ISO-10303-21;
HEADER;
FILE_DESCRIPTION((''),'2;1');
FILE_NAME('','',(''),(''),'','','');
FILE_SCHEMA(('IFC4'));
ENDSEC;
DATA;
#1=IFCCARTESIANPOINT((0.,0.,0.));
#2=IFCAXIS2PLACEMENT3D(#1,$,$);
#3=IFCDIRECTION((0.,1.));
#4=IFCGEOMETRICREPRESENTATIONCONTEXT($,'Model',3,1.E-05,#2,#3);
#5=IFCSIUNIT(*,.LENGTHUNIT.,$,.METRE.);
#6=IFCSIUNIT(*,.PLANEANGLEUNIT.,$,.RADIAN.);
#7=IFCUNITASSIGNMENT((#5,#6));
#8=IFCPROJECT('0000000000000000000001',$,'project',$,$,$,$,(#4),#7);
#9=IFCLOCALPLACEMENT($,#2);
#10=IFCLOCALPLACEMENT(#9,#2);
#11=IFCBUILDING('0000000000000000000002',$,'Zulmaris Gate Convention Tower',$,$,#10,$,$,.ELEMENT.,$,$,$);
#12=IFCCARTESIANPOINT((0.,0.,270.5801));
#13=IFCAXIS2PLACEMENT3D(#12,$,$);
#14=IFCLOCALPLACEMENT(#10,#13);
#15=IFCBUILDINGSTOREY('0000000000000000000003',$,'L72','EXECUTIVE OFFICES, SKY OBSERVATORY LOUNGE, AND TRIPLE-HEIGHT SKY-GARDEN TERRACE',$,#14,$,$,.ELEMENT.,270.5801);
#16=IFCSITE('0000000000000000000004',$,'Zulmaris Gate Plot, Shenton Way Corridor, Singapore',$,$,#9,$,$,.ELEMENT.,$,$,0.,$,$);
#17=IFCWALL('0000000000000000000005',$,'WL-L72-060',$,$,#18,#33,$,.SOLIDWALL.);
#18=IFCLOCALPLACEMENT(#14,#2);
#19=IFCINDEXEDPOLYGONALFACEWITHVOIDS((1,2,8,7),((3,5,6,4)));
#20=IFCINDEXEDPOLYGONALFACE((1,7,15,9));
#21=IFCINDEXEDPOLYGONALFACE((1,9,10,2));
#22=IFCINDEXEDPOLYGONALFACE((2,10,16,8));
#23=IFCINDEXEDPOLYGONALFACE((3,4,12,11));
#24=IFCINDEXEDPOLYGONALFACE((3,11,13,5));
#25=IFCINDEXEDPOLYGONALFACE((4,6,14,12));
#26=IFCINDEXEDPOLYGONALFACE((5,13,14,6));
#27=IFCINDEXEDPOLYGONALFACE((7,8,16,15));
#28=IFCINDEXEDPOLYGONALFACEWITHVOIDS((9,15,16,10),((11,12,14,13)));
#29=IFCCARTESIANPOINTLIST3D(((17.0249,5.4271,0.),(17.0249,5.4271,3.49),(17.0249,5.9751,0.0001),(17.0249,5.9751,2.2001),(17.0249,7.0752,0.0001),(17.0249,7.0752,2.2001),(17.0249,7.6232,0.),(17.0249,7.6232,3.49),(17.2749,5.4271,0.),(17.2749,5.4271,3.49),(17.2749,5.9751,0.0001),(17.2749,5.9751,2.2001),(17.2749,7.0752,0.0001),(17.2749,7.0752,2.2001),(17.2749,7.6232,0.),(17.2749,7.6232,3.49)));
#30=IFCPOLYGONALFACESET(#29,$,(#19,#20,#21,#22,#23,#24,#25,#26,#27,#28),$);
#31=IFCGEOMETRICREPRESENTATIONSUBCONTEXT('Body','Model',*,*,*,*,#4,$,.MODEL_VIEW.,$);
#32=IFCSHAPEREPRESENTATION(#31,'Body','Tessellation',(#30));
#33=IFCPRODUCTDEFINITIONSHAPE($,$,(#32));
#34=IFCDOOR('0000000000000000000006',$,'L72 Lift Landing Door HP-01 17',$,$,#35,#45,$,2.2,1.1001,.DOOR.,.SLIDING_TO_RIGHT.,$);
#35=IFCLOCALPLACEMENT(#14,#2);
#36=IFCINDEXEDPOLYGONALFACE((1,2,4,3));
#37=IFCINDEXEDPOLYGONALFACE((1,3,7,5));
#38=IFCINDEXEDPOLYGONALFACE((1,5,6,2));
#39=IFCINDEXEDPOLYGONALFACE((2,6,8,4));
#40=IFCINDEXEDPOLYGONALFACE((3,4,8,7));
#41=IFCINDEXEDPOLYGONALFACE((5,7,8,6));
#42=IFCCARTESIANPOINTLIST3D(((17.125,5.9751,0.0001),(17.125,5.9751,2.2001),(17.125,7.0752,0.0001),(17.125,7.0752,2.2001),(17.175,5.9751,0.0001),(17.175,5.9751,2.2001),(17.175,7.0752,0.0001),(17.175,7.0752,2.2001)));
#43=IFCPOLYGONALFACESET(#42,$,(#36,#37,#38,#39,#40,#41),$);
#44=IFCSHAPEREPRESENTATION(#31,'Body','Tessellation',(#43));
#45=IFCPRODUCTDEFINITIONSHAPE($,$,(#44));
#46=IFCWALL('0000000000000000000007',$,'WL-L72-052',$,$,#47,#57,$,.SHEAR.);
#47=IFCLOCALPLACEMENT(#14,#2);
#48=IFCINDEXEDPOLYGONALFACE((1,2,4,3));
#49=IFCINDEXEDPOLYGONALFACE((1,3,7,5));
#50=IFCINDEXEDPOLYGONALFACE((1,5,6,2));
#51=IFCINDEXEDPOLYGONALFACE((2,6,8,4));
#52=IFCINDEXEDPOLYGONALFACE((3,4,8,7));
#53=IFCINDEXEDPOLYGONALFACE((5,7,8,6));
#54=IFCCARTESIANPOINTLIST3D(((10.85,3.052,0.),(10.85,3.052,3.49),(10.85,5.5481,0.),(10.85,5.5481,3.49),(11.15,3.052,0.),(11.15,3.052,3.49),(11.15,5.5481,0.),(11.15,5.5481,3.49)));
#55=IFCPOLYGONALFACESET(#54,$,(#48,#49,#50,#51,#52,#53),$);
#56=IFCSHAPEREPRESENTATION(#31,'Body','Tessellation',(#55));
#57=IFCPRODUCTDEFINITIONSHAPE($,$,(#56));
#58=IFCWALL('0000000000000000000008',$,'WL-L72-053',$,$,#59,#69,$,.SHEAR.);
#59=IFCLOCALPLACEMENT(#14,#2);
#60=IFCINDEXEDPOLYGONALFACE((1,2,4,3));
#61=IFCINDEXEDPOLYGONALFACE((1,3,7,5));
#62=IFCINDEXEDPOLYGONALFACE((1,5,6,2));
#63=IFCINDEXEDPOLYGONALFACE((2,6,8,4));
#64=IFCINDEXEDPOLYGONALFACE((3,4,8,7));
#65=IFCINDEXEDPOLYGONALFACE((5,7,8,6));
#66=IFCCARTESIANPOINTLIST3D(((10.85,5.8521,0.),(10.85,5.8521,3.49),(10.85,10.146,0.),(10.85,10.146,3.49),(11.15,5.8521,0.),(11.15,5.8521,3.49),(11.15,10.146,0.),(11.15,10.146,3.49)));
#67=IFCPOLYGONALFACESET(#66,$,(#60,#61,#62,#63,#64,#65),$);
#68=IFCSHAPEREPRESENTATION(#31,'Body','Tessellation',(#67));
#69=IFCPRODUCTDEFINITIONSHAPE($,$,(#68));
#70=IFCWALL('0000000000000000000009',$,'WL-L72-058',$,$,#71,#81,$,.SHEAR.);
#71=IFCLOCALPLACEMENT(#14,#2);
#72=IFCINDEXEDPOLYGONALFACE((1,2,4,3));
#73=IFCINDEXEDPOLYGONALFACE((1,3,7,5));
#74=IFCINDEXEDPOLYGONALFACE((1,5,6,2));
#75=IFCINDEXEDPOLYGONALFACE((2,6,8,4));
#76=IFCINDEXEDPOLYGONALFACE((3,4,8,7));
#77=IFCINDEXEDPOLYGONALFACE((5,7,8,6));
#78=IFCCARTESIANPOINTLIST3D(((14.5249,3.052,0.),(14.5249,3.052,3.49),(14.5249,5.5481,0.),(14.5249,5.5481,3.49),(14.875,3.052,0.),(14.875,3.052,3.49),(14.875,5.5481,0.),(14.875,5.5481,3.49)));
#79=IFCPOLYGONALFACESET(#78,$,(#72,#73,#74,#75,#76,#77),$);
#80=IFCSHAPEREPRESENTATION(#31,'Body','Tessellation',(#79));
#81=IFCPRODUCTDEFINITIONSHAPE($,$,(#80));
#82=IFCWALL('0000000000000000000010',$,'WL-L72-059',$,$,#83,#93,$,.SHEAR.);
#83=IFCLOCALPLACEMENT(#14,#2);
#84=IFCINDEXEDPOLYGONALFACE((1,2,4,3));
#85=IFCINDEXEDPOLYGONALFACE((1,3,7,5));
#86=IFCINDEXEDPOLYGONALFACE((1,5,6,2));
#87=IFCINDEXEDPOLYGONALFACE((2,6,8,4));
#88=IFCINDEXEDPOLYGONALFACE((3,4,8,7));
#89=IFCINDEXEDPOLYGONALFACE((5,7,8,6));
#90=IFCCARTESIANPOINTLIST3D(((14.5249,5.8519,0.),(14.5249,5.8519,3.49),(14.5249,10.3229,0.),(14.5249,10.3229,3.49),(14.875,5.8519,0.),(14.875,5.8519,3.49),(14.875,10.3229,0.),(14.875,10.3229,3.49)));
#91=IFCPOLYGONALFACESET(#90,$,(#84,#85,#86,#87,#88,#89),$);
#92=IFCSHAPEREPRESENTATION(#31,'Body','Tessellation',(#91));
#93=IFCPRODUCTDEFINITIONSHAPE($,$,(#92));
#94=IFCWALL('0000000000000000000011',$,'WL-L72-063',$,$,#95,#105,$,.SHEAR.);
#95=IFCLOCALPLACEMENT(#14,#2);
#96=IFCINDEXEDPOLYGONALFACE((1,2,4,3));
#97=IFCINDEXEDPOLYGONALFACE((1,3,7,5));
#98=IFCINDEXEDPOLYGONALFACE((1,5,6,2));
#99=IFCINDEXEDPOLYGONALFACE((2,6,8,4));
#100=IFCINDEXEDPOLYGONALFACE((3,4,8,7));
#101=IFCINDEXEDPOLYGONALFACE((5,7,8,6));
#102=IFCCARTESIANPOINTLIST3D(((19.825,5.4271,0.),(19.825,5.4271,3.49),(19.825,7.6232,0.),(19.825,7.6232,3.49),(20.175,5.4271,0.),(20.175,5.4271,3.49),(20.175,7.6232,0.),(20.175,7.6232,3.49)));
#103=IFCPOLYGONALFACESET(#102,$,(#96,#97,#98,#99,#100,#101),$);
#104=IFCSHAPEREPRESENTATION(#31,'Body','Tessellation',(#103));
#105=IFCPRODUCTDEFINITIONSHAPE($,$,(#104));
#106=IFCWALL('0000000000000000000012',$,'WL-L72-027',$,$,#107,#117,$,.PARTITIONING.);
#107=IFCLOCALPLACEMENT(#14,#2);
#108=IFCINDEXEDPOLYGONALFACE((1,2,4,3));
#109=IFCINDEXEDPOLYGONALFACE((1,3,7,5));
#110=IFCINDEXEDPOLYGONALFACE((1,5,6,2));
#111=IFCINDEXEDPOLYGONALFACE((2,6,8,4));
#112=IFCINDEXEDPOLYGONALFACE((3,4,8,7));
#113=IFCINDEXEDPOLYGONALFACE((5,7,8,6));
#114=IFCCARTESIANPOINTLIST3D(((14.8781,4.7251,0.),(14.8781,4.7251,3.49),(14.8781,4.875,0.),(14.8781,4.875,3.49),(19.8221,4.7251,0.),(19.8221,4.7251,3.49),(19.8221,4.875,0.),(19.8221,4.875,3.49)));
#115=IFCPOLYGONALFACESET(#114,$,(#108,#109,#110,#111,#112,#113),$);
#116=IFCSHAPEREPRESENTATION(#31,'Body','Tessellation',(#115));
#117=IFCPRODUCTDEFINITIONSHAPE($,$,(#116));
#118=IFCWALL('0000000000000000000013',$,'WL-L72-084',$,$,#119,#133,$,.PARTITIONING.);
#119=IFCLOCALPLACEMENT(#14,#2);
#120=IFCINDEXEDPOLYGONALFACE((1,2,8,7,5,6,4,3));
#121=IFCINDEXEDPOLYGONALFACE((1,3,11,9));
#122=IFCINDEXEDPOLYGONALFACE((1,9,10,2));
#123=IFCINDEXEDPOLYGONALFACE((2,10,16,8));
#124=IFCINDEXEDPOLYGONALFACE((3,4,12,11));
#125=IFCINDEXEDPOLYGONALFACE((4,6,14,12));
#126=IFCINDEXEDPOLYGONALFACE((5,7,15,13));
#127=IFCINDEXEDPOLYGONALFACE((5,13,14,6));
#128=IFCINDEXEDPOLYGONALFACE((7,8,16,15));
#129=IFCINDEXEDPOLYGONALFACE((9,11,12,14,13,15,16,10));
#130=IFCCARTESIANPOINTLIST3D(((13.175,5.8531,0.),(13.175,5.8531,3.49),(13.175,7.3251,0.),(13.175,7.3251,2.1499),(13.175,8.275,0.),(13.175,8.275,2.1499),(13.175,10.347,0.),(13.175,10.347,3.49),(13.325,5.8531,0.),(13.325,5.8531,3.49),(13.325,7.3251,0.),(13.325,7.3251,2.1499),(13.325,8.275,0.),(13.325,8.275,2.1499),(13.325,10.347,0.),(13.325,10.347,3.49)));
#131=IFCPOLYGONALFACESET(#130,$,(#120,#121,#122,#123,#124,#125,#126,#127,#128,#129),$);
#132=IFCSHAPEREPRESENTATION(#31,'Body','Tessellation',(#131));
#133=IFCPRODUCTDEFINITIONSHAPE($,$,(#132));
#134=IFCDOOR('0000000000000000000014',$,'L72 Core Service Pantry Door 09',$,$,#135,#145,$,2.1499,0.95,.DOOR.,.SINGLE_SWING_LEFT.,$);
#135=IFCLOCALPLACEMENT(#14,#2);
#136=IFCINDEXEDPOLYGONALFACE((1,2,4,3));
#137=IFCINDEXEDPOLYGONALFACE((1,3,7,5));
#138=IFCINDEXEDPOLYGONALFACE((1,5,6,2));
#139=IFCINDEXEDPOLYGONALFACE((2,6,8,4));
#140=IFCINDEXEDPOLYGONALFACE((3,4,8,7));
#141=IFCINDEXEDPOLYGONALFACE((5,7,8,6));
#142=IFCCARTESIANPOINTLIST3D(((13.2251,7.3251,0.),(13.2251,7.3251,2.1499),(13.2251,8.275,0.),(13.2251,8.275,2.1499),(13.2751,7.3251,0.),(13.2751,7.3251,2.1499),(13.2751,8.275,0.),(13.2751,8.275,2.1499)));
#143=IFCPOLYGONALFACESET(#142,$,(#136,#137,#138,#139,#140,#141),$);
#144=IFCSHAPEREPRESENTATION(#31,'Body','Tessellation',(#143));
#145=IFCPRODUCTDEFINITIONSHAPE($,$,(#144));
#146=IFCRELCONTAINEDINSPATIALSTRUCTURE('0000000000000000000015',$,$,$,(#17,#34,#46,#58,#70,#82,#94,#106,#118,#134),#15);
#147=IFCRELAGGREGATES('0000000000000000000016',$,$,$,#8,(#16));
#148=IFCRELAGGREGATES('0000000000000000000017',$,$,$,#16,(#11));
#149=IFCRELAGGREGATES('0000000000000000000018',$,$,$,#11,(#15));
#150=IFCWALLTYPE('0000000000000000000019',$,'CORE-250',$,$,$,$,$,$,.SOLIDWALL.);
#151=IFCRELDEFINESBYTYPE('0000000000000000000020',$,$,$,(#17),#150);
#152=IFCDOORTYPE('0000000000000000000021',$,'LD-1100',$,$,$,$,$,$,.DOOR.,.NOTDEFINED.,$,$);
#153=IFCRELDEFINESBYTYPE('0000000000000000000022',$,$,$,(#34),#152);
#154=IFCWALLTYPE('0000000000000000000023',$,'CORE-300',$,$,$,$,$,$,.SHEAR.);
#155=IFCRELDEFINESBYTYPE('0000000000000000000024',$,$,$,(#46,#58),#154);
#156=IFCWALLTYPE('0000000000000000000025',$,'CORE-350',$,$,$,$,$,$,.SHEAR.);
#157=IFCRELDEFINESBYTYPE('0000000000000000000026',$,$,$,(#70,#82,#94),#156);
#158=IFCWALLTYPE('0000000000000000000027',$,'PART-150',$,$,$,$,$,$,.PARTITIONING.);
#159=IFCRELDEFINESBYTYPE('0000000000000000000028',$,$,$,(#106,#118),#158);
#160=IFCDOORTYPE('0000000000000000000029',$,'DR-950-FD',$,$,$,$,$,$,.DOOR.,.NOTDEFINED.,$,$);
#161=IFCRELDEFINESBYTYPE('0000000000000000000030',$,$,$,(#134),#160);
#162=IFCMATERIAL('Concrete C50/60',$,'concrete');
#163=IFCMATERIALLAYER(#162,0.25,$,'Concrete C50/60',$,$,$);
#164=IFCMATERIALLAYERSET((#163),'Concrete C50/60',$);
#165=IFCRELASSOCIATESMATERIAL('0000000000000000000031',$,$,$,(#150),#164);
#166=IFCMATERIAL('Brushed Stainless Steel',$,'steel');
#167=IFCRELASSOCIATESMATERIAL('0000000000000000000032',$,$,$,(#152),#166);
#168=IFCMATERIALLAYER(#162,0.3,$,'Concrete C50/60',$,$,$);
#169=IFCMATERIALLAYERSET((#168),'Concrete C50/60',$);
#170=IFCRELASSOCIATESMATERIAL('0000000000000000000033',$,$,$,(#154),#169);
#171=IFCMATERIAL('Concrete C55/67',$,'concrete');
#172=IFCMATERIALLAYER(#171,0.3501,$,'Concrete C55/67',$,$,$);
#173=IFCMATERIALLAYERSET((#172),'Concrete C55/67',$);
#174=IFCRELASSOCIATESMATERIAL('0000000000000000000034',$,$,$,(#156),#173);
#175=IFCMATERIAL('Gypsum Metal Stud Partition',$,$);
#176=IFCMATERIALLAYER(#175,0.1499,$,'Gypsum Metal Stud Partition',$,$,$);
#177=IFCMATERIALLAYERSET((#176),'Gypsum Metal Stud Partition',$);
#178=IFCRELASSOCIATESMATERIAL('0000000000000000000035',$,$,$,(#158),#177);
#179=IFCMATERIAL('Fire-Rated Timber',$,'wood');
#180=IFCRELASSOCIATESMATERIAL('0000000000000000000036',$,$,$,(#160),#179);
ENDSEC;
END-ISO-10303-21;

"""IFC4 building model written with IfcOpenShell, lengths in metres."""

from ifc_helpers import new_model, si_unit, direction, frame, frame_2d, origin, place, context, subcontext, project, spatial, rectangle, extrude, material, layer, layer_set, type_object, element, fill, save


model = new_model("IFC4")

# Units and contexts
model_context = context("Model", 3, precision=1e-05, world=origin(), true_north=direction((0.0, 1.0)))
body_context = subcontext(model_context, "Body", "Model", "MODEL_VIEW")
ifc_project = project(units=[si_unit("LENGTHUNIT", "METRE"), si_unit("PLANEANGLEUNIT", "RADIAN")], contexts=[model_context])

# Site, building, storey
site_placement = place(None, origin())
site = spatial("IfcSite", under=ifc_project, at=site_placement, Name="Zulmaris Gate Plot, Shenton Way Corridor, Singapore", CompositionType="ELEMENT", RefElevation=0.0)
building_placement = place(site_placement, origin())
building = spatial("IfcBuilding", under=site, at=building_placement, Name="Zulmaris Gate Convention Tower", CompositionType="ELEMENT")
storey_placement = place(building_placement, frame((0.0, 0.0, 270.5801)))
storey = spatial("IfcBuildingStorey", under=building, at=storey_placement, Name="L72", Description="EXECUTIVE OFFICES, SKY OBSERVATORY LOUNGE, AND TRIPLE-HEIGHT SKY-GARDEN TERRACE", CompositionType="ELEMENT", Elevation=270.5801)

# Shared definitions
ifc_material_1 = material(Name="Concrete C50/60", Category="concrete")

# Shared definitions
ifc_layer_1 = layer(ifc_material_1, 0.25, Name="Concrete C50/60")
ifc_layer_set_1 = layer_set([ifc_layer_1], Name="Concrete C50/60")
wall_type_1 = type_object("IfcWallType", Name="CORE-250", PredefinedType="SOLIDWALL", material=ifc_layer_set_1)

# Wall, opening, door
wall_1_placement = place(storey_placement, frame((17.1499, 5.427, 0.0), z_axis=(0.0, 0.0, 1.0), x_axis=(0.0, 1.0, 0.0)))
wall_1 = element("IfcWall", 1, at=wall_1_placement, inside=storey, type_object=wall_type_1, Name="WL-L72-060", PredefinedType="SOLIDWALL", context=body_context, shape_type="SweptSolid", body=[
    extrude(rectangle(XDim=2.196, YDim=0.25, at=frame_2d((1.0981, 0.0))), origin(), (0.0, 0.0, 1.0), 3.49),
])
opening_1_placement = place(wall_1_placement, frame((0.5481, 0.0, 0.0)))
opening_1 = element("IfcOpeningElement", 2, at=opening_1_placement, cuts=wall_1, PredefinedType="OPENING", context=body_context, shape_type="SweptSolid", body=[
    extrude(rectangle(XDim=1.1001, YDim=2.2, at=frame_2d((0.55, 1.1001))), frame((0.0, 0.135, 0.0), z_axis=(0.0, -1.0, 0.0), x_axis=(1.0, 0.0, 0.0)), (0.0, 0.0, 1.0), 0.27),
])
ifc_material_2 = material(Name="Brushed Stainless Steel", Category="steel")
door_type_1 = type_object("IfcDoorType", Name="LD-1100", OperationType="NOTDEFINED", PredefinedType="DOOR", material=ifc_material_2)
door_1_placement = place(opening_1_placement, origin())
door_1 = element("IfcDoor", 3, at=door_1_placement, inside=storey, type_object=door_type_1, Name="L72 Lift Landing Door HP-01 17", OperationType="SLIDING_TO_RIGHT", OverallHeight=2.2, OverallWidth=1.1001, PredefinedType="DOOR", context=body_context, shape_type="SweptSolid", body=[
    extrude(rectangle(XDim=1.1001, YDim=2.2, at=frame_2d((0.55, 1.1001))), frame((0.0, 0.0249, 0.0), z_axis=(0.0, -1.0, 0.0), x_axis=(1.0, 0.0, 0.0)), (0.0, 0.0, 1.0), 0.05),
])
fill(opening_1, door_1)
ifc_layer_2 = layer(ifc_material_1, 0.3, Name="Concrete C50/60")
ifc_layer_set_2 = layer_set([ifc_layer_2], Name="Concrete C50/60")
wall_type_2 = type_object("IfcWallType", Name="CORE-300", PredefinedType="SHEAR", material=ifc_layer_set_2)

# Walls
wall_2_placement = place(storey_placement, frame((11.0, 3.052, 0.0), z_axis=(0.0, 0.0, 1.0), x_axis=(0.0, 1.0, 0.0)))
element("IfcWall", 4, at=wall_2_placement, inside=storey, type_object=wall_type_2, Name="WL-L72-052", PredefinedType="SHEAR", context=body_context, shape_type="SweptSolid", body=[
    extrude(rectangle(XDim=2.4961, YDim=0.3, at=frame_2d((1.248, 0.0))), origin(), (0.0, 0.0, 1.0), 3.49),
])
wall_3_placement = place(storey_placement, frame((11.0, 5.8521, 0.0), z_axis=(0.0, 0.0, 1.0), x_axis=(0.0, 1.0, 0.0)))
element("IfcWall", 5, at=wall_3_placement, inside=storey, type_object=wall_type_2, Name="WL-L72-053", PredefinedType="SHEAR", context=body_context, shape_type="SweptSolid", body=[
    extrude(rectangle(XDim=4.2939, YDim=0.3, at=frame_2d((2.147, 0.0))), origin(), (0.0, 0.0, 1.0), 3.49),
])
ifc_material_3 = material(Name="Concrete C55/67", Category="concrete")
ifc_layer_3 = layer(ifc_material_3, 0.3501, Name="Concrete C55/67")
ifc_layer_set_3 = layer_set([ifc_layer_3], Name="Concrete C55/67")
wall_type_3 = type_object("IfcWallType", Name="CORE-350", PredefinedType="SHEAR", material=ifc_layer_set_3)
wall_4_placement = place(storey_placement, frame((14.7, 3.052, 0.0), z_axis=(0.0, 0.0, 1.0), x_axis=(0.0, 1.0, 0.0)))
element("IfcWall", 6, at=wall_4_placement, inside=storey, type_object=wall_type_3, Name="WL-L72-058", PredefinedType="SHEAR", context=body_context, shape_type="SweptSolid", body=[
    extrude(rectangle(XDim=2.4961, YDim=0.3501, at=frame_2d((1.248, 0.0))), origin(), (0.0, 0.0, 1.0), 3.49),
])
wall_5_placement = place(storey_placement, frame((14.7, 5.8521, 0.0), z_axis=(0.0, 0.0, 1.0), x_axis=(0.0, 1.0, 0.0)))
element("IfcWall", 7, at=wall_5_placement, inside=storey, type_object=wall_type_3, Name="WL-L72-059", PredefinedType="SHEAR", context=body_context, shape_type="SweptSolid", body=[
    extrude(rectangle(XDim=4.4709, YDim=0.3501, at=frame_2d((2.2354, 0.0))), origin(), (0.0, 0.0, 1.0), 3.49),
])
wall_6_placement = place(storey_placement, frame((20.0, 5.427, 0.0), z_axis=(0.0, 0.0, 1.0), x_axis=(0.0, 1.0, 0.0)))
element("IfcWall", 8, at=wall_6_placement, inside=storey, type_object=wall_type_3, Name="WL-L72-063", PredefinedType="SHEAR", context=body_context, shape_type="SweptSolid", body=[
    extrude(rectangle(XDim=2.196, YDim=0.3501, at=frame_2d((1.0981, 0.0))), origin(), (0.0, 0.0, 1.0), 3.49),
])
ifc_material_4 = material(Name="Gypsum Metal Stud Partition")
ifc_layer_4 = layer(ifc_material_4, 0.1499, Name="Gypsum Metal Stud Partition")
ifc_layer_set_4 = layer_set([ifc_layer_4], Name="Gypsum Metal Stud Partition")
wall_type_4 = type_object("IfcWallType", Name="PART-150", PredefinedType="PARTITIONING", material=ifc_layer_set_4)
wall_7_placement = place(storey_placement, frame((14.8779, 4.8, 0.0), z_axis=(0.0, 0.0, 1.0), x_axis=(1.0, 0.0, 0.0)))
element("IfcWall", 9, at=wall_7_placement, inside=storey, type_object=wall_type_4, Name="WL-L72-027", PredefinedType="PARTITIONING", context=body_context, shape_type="SweptSolid", body=[
    extrude(rectangle(XDim=4.9441, YDim=0.1499, at=frame_2d((2.4722, 0.0))), origin(), (0.0, 0.0, 1.0), 3.49),
])

# Wall, opening, door
wall_8_placement = place(storey_placement, frame((13.25, 5.853, 0.0), z_axis=(0.0, 0.0, 1.0), x_axis=(0.0, 1.0, 0.0)))
wall_8 = element("IfcWall", 10, at=wall_8_placement, inside=storey, type_object=wall_type_4, Name="WL-L72-084", PredefinedType="PARTITIONING", context=body_context, shape_type="SweptSolid", body=[
    extrude(rectangle(XDim=4.4939, YDim=0.1499, at=frame_2d((2.2471, 0.0))), origin(), (0.0, 0.0, 1.0), 3.49),
])
opening_2_placement = place(wall_8_placement, frame((1.4719, 0.0, 0.0)))
opening_2 = element("IfcOpeningElement", 11, at=opening_2_placement, cuts=wall_8, PredefinedType="OPENING", context=body_context, shape_type="SweptSolid", body=[
    extrude(rectangle(XDim=0.95, YDim=2.1499, at=frame_2d((0.4751, 1.075))), frame((0.0, 0.085, 0.0), z_axis=(0.0, -1.0, 0.0), x_axis=(1.0, 0.0, 0.0)), (0.0, 0.0, 1.0), 0.1699),
])
ifc_material_5 = material(Name="Fire-Rated Timber", Category="wood")
door_type_2 = type_object("IfcDoorType", Name="DR-950-FD", OperationType="NOTDEFINED", PredefinedType="DOOR", material=ifc_material_5)
door_2_placement = place(opening_2_placement, origin())
door_2 = element("IfcDoor", 12, at=door_2_placement, inside=storey, type_object=door_type_2, Name="L72 Core Service Pantry Door 09", OperationType="SINGLE_SWING_LEFT", OverallHeight=2.1499, OverallWidth=0.95, PredefinedType="DOOR", context=body_context, shape_type="SweptSolid", body=[
    extrude(rectangle(XDim=0.95, YDim=2.1499, at=frame_2d((0.4751, 1.075))), frame((0.0, 0.0249, 0.0), z_axis=(0.0, -1.0, 0.0), x_axis=(1.0, 0.0, 0.0)), (0.0, 0.0, 1.0), 0.05),
])
fill(opening_2, door_2)

save(model, "model.ifc")
